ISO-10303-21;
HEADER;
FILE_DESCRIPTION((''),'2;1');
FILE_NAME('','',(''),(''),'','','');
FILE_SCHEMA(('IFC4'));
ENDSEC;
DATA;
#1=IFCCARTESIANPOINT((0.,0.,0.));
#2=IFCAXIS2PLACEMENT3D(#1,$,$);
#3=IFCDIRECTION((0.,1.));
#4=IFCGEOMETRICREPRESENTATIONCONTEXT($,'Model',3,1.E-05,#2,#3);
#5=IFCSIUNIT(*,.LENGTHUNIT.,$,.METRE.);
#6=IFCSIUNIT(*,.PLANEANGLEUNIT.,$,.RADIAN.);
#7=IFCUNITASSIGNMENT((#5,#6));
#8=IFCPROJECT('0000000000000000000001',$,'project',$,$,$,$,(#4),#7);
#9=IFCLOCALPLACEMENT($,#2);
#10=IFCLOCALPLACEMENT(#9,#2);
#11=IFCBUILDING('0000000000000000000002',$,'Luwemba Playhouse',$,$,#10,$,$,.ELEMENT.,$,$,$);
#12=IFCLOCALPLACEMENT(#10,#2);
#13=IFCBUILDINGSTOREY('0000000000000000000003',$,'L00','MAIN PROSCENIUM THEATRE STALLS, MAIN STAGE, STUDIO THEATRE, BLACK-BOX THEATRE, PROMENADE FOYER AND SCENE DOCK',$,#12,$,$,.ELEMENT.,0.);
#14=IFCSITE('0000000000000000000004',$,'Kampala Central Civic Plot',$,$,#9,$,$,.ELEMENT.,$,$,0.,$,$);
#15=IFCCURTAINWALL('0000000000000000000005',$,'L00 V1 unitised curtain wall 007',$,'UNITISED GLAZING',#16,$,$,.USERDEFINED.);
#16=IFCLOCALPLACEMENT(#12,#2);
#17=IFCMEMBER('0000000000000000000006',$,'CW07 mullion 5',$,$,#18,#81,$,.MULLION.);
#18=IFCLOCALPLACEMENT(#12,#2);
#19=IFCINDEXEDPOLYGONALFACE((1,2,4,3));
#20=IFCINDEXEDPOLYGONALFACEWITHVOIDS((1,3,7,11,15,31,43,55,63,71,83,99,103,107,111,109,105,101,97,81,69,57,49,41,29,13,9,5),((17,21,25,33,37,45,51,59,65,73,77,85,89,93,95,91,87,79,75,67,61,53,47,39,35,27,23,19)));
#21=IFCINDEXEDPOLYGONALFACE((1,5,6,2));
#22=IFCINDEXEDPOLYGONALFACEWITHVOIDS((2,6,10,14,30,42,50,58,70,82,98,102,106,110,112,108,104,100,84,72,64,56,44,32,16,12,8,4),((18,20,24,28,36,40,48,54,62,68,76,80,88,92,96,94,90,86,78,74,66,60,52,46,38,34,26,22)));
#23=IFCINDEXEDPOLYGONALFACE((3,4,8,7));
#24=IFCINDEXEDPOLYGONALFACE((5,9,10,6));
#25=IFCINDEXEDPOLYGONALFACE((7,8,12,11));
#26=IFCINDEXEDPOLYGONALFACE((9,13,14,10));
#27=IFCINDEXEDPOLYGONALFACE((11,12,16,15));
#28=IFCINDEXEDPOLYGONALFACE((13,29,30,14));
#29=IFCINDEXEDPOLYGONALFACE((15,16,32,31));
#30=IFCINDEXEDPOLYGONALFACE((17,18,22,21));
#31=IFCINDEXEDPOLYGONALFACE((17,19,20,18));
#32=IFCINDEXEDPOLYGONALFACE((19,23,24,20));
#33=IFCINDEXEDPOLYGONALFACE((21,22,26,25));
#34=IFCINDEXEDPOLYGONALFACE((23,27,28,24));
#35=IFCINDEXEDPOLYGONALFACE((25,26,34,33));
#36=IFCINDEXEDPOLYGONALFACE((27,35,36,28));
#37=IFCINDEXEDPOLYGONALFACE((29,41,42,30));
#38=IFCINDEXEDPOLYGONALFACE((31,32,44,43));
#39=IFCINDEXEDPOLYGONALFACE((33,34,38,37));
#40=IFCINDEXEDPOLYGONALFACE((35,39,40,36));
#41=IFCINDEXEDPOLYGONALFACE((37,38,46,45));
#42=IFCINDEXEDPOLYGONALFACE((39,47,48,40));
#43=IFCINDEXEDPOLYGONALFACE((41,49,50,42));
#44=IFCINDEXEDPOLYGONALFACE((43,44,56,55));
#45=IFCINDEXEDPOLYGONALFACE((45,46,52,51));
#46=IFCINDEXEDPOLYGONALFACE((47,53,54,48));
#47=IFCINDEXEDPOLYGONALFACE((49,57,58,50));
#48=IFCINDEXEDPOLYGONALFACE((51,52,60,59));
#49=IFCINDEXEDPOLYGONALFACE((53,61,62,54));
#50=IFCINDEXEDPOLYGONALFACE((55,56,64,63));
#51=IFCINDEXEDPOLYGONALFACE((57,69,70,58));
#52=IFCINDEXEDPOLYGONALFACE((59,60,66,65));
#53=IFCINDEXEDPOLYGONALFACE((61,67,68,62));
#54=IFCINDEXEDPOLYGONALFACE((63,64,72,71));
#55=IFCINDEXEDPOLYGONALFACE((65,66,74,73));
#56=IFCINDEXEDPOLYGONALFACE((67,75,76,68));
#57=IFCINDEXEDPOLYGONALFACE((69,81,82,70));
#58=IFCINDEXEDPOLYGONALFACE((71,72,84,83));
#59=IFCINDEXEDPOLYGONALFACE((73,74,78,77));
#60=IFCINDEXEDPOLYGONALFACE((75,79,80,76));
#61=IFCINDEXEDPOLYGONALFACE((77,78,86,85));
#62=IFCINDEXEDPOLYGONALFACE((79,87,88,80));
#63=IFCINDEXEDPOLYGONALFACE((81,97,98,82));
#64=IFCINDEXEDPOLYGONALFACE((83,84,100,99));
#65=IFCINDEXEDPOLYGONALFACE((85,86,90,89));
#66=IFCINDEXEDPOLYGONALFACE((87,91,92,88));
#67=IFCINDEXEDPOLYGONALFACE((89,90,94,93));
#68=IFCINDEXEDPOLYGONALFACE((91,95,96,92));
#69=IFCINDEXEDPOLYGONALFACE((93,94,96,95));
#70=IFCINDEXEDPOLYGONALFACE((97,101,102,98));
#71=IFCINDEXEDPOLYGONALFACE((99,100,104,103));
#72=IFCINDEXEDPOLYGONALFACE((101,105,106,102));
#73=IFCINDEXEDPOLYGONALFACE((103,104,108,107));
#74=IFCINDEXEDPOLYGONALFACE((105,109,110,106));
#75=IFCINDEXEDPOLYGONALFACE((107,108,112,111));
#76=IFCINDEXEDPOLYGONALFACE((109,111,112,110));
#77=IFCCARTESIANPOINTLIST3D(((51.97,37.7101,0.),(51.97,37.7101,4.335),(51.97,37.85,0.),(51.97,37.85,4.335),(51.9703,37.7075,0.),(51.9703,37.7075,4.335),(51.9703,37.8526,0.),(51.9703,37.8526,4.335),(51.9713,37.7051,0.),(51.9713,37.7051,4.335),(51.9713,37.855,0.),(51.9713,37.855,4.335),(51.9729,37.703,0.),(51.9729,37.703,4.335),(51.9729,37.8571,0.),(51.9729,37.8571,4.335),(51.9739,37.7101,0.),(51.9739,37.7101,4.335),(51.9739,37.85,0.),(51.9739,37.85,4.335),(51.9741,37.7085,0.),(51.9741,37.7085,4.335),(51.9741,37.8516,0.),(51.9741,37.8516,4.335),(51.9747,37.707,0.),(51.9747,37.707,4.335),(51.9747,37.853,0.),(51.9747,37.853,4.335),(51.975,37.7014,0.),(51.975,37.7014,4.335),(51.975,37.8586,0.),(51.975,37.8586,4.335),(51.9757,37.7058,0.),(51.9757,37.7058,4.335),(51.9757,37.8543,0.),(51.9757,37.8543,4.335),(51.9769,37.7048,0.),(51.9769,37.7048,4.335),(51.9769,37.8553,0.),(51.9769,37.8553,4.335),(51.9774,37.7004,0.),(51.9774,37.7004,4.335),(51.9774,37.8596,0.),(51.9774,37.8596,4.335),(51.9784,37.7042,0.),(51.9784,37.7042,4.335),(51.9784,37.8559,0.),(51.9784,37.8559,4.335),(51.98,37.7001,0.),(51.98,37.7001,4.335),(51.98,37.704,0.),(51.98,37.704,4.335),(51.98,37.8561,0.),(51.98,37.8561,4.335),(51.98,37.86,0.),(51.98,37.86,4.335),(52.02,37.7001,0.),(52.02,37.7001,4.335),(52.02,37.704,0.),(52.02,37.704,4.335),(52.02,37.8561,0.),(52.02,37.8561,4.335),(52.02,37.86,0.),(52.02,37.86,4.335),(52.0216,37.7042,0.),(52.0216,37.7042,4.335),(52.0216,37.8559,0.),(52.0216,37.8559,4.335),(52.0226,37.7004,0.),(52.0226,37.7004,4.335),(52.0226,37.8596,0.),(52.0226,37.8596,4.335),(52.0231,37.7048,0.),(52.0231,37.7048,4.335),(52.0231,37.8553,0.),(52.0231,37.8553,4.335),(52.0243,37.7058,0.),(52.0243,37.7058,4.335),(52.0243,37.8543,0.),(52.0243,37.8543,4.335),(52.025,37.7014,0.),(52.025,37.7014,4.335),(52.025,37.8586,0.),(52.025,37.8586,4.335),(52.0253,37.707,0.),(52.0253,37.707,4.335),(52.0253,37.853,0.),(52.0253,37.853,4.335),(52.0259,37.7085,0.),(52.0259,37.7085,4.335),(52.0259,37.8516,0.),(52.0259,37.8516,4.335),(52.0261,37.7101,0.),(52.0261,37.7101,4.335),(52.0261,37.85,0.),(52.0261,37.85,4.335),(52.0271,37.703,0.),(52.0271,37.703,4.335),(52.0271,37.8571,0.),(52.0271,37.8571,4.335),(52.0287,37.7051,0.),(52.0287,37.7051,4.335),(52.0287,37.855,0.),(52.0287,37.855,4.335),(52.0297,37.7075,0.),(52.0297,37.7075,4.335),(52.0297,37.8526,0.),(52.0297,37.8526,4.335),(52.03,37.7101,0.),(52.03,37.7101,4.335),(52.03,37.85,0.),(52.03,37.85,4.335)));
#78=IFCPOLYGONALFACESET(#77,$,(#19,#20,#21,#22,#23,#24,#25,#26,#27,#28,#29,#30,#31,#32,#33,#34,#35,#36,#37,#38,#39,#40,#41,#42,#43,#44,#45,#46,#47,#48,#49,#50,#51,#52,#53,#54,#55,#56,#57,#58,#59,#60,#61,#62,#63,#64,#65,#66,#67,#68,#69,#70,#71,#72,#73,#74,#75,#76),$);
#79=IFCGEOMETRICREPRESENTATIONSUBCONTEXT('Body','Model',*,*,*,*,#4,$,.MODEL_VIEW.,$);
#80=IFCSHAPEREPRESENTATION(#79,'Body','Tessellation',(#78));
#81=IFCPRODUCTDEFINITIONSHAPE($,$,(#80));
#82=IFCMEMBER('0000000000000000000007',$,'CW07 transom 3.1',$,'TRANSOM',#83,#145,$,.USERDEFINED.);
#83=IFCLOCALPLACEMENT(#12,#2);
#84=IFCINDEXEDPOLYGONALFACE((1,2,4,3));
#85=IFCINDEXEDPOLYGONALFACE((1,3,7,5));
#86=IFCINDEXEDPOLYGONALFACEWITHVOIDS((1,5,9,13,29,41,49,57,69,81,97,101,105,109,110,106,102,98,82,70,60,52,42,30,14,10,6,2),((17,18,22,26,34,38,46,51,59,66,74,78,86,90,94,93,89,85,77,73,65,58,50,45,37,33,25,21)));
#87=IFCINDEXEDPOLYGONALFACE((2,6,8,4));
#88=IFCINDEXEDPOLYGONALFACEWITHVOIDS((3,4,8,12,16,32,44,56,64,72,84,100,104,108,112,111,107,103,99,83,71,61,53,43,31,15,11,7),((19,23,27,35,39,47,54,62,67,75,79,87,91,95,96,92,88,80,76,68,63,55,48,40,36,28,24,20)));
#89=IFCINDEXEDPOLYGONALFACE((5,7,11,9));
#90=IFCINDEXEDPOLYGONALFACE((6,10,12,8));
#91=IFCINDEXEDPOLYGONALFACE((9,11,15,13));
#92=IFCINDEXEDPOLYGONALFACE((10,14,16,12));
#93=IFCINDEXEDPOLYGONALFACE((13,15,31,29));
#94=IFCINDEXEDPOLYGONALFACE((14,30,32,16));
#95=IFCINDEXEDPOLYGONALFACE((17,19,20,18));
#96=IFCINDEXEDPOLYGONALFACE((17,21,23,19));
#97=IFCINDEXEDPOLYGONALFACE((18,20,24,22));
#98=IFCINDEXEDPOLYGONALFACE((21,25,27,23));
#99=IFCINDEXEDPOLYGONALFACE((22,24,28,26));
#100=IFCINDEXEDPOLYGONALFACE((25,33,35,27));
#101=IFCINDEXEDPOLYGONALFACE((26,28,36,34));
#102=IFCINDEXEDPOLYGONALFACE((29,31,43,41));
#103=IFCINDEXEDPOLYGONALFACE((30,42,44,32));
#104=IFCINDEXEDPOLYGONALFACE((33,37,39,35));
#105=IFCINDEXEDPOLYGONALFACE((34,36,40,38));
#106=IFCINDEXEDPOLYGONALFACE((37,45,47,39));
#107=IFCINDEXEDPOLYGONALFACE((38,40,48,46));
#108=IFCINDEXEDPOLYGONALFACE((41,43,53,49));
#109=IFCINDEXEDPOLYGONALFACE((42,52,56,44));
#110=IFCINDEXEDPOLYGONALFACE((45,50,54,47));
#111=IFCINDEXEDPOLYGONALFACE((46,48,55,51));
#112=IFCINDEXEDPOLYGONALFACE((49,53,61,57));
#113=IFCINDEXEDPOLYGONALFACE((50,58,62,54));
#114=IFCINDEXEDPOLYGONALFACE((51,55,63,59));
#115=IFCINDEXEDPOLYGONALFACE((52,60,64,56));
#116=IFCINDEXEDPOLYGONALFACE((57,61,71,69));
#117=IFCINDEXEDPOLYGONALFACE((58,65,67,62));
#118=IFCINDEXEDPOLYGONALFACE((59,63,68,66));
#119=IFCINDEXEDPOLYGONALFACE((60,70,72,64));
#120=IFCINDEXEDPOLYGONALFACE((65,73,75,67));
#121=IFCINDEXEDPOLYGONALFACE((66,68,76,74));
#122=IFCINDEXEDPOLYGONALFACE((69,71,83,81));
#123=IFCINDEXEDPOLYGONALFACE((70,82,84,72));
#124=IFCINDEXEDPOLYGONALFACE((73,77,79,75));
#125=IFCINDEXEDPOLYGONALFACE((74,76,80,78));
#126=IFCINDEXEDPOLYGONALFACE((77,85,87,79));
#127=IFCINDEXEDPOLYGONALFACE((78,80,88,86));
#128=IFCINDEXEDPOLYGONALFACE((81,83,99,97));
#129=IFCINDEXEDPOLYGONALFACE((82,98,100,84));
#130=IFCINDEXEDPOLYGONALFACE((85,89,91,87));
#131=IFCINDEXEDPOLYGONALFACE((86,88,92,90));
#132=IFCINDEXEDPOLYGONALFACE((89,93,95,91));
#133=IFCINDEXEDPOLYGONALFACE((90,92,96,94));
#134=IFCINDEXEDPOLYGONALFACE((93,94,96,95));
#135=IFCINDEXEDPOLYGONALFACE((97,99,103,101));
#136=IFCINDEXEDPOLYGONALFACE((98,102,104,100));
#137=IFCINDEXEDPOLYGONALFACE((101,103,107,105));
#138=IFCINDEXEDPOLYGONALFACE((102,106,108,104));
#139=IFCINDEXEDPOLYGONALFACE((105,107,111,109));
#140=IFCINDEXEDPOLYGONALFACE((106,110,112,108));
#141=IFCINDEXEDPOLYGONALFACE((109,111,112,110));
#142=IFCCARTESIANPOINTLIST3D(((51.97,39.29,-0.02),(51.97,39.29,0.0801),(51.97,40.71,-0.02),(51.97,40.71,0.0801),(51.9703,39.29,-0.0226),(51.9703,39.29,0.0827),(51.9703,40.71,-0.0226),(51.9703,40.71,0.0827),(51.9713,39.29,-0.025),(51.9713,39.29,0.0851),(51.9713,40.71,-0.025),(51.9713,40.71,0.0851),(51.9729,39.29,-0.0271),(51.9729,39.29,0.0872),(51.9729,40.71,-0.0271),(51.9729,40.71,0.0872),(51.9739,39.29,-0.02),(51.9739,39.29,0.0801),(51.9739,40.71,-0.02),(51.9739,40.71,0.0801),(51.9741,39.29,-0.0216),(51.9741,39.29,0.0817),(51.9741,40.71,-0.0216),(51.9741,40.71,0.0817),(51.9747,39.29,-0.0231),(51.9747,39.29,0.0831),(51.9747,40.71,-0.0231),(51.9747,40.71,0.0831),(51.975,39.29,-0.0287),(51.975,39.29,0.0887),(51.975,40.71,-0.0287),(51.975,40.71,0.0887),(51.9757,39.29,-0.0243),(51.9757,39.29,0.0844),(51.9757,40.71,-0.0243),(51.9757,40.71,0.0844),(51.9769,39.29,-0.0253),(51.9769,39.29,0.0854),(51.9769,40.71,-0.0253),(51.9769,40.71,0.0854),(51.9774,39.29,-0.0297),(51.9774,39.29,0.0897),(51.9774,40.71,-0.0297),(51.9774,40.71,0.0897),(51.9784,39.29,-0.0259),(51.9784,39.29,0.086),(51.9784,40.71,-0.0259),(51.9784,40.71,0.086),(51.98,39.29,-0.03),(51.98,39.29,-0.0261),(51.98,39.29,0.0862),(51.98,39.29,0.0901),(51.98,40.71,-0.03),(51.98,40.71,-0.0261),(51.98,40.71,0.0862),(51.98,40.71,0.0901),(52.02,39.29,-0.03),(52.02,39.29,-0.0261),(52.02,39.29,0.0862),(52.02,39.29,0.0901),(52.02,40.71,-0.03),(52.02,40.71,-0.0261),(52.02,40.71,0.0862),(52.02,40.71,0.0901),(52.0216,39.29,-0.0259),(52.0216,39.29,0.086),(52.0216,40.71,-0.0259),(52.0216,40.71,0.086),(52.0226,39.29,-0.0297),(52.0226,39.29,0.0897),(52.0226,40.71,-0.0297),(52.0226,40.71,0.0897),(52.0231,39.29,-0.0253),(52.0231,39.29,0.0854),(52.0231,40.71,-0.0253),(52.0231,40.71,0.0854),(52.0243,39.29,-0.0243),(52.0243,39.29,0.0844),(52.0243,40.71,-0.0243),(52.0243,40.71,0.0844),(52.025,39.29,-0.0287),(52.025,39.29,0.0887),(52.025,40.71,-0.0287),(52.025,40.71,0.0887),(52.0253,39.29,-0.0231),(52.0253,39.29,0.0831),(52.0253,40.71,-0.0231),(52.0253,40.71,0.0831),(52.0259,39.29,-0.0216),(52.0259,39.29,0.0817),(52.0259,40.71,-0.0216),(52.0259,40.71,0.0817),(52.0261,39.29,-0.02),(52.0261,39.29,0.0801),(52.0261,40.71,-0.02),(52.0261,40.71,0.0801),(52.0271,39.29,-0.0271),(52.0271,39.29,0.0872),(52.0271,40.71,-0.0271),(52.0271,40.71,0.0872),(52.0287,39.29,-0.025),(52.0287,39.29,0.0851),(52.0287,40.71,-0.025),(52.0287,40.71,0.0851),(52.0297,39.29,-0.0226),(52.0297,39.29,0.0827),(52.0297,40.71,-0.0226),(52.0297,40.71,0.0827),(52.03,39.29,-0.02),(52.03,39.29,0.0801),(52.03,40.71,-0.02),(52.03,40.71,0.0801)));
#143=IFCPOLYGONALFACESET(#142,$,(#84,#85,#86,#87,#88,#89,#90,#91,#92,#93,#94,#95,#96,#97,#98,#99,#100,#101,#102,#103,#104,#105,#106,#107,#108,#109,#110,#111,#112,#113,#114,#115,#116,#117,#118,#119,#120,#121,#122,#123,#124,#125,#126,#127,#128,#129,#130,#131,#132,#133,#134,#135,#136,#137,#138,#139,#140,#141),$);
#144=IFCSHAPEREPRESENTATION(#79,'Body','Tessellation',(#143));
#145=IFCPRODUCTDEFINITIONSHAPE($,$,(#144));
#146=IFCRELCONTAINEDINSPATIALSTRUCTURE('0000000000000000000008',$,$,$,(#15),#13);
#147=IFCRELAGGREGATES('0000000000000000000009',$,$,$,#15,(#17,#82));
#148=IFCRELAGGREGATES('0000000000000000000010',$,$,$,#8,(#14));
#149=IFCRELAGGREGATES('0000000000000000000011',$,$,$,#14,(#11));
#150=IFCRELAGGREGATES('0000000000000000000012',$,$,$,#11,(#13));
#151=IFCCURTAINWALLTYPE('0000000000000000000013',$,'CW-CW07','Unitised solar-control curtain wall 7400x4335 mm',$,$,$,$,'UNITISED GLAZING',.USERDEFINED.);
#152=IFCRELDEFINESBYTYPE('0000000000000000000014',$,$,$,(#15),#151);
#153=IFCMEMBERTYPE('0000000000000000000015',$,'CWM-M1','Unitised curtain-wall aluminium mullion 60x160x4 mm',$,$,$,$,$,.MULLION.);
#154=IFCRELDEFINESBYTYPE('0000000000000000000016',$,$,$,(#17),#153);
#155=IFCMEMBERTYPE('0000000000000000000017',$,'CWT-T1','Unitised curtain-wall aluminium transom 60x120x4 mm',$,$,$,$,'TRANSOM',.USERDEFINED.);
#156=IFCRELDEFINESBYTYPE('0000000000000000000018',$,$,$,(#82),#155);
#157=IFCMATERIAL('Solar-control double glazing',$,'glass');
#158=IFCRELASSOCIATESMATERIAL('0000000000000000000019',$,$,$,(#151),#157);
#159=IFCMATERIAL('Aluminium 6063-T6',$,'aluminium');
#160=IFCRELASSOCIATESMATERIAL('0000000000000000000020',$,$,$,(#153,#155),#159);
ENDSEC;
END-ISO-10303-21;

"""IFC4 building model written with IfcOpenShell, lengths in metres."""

from ifc_helpers import new_model, si_unit, direction, frame, origin, origin_2d, place, context, subcontext, project, spatial, hollow_rectangle, extrude, material, material_profile, profile_set, type_object, element, aggregate, save


model = new_model("IFC4")

# Units and contexts
model_context = context("Model", 3, precision=1e-05, world=origin(), true_north=direction((0.0, 1.0)))
body_context = subcontext(model_context, "Body", "Model", "MODEL_VIEW")
ifc_project = project(units=[si_unit("LENGTHUNIT", "METRE"), si_unit("PLANEANGLEUNIT", "RADIAN")], contexts=[model_context])

# Site, building, storey
site_placement = place(None, origin())
site = spatial("IfcSite", under=ifc_project, at=site_placement, Name="Kampala Central Civic Plot", CompositionType="ELEMENT", RefElevation=0.0)
building_placement = place(site_placement, origin())
building = spatial("IfcBuilding", under=site, at=building_placement, Name="Luwemba Playhouse", CompositionType="ELEMENT")
storey_placement = place(building_placement, origin())
storey = spatial("IfcBuildingStorey", under=building, at=storey_placement, Name="L00", Description="MAIN PROSCENIUM THEATRE STALLS, MAIN STAGE, STUDIO THEATRE, BLACK-BOX THEATRE, PROMENADE FOYER AND SCENE DOCK", CompositionType="ELEMENT", Elevation=0.0)

# Curtain wall, members
ifc_material_1 = material(Name="Solar-control double glazing", Category="glass")
curtain_wall_type = type_object("IfcCurtainWallType", Name="CW-CW07", Description="Unitised solar-control curtain wall 7400x4335 mm", ElementType="UNITISED GLAZING", PredefinedType="USERDEFINED", material=ifc_material_1)
curtain_wall_placement = place(storey_placement, origin())
curtain_wall = element("IfcCurtainWall", 1, at=curtain_wall_placement, inside=storey, type_object=curtain_wall_type, Name="L00 V1 unitised curtain wall 007", ObjectType="UNITISED GLAZING", PredefinedType="USERDEFINED")
ifc_material_2 = material(Name="Aluminium 6063-T6", Category="aluminium")
ifc_material_profile_1 = material_profile(ifc_material_2, hollow_rectangle(XDim=0.0601, YDim=0.1599, WallThickness=0.0039, InnerFilletRadius=0.0061, OuterFilletRadius=0.01, at=origin_2d()))
ifc_profile_set_1 = profile_set([ifc_material_profile_1], Name="Aluminium 6063-T6")
member_type_1 = type_object("IfcMemberType", Name="CWM-M1", Description="Unitised curtain-wall aluminium mullion 60x160x4 mm", PredefinedType="MULLION", material=ifc_profile_set_1)
member_1_placement = place(storey_placement, frame((52.0, 37.78, 0.0), z_axis=(0.0, 0.0, 1.0), x_axis=(1.0, 0.0, 0.0)))
member_1 = element("IfcMember", 2, at=member_1_placement, type_object=member_type_1, Name="CW07 mullion 5", PredefinedType="MULLION", context=body_context, shape_type="SweptSolid", body=[
    extrude(hollow_rectangle(XDim=0.0601, YDim=0.1599, WallThickness=0.0039, InnerFilletRadius=0.0061, OuterFilletRadius=0.01, at=origin_2d()), origin(), (0.0, 0.0, 1.0), 4.335),
])
ifc_material_profile_2 = material_profile(ifc_material_2, hollow_rectangle(XDim=0.0601, YDim=0.1201, WallThickness=0.0039, InnerFilletRadius=0.0061, OuterFilletRadius=0.01, at=origin_2d()))
ifc_profile_set_2 = profile_set([ifc_material_profile_2], Name="Aluminium 6063-T6")
member_type_2 = type_object("IfcMemberType", Name="CWT-T1", Description="Unitised curtain-wall aluminium transom 60x120x4 mm", ElementType="TRANSOM", PredefinedType="USERDEFINED", material=ifc_profile_set_2)
member_2_placement = place(storey_placement, frame((52.0, 40.71, 0.03), z_axis=(0.0, -1.0, 0.0), x_axis=(1.0, 0.0, 0.0)))
member_2 = element("IfcMember", 3, at=member_2_placement, type_object=member_type_2, Name="CW07 transom 3.1", ObjectType="TRANSOM", PredefinedType="USERDEFINED", context=body_context, shape_type="SweptSolid", body=[
    extrude(hollow_rectangle(XDim=0.0601, YDim=0.1201, WallThickness=0.0039, InnerFilletRadius=0.0061, OuterFilletRadius=0.01, at=origin_2d()), origin(), (0.0, 0.0, 1.0), 1.4199),
])
aggregate(curtain_wall, [member_1, member_2])

save(model, "model.ifc")
